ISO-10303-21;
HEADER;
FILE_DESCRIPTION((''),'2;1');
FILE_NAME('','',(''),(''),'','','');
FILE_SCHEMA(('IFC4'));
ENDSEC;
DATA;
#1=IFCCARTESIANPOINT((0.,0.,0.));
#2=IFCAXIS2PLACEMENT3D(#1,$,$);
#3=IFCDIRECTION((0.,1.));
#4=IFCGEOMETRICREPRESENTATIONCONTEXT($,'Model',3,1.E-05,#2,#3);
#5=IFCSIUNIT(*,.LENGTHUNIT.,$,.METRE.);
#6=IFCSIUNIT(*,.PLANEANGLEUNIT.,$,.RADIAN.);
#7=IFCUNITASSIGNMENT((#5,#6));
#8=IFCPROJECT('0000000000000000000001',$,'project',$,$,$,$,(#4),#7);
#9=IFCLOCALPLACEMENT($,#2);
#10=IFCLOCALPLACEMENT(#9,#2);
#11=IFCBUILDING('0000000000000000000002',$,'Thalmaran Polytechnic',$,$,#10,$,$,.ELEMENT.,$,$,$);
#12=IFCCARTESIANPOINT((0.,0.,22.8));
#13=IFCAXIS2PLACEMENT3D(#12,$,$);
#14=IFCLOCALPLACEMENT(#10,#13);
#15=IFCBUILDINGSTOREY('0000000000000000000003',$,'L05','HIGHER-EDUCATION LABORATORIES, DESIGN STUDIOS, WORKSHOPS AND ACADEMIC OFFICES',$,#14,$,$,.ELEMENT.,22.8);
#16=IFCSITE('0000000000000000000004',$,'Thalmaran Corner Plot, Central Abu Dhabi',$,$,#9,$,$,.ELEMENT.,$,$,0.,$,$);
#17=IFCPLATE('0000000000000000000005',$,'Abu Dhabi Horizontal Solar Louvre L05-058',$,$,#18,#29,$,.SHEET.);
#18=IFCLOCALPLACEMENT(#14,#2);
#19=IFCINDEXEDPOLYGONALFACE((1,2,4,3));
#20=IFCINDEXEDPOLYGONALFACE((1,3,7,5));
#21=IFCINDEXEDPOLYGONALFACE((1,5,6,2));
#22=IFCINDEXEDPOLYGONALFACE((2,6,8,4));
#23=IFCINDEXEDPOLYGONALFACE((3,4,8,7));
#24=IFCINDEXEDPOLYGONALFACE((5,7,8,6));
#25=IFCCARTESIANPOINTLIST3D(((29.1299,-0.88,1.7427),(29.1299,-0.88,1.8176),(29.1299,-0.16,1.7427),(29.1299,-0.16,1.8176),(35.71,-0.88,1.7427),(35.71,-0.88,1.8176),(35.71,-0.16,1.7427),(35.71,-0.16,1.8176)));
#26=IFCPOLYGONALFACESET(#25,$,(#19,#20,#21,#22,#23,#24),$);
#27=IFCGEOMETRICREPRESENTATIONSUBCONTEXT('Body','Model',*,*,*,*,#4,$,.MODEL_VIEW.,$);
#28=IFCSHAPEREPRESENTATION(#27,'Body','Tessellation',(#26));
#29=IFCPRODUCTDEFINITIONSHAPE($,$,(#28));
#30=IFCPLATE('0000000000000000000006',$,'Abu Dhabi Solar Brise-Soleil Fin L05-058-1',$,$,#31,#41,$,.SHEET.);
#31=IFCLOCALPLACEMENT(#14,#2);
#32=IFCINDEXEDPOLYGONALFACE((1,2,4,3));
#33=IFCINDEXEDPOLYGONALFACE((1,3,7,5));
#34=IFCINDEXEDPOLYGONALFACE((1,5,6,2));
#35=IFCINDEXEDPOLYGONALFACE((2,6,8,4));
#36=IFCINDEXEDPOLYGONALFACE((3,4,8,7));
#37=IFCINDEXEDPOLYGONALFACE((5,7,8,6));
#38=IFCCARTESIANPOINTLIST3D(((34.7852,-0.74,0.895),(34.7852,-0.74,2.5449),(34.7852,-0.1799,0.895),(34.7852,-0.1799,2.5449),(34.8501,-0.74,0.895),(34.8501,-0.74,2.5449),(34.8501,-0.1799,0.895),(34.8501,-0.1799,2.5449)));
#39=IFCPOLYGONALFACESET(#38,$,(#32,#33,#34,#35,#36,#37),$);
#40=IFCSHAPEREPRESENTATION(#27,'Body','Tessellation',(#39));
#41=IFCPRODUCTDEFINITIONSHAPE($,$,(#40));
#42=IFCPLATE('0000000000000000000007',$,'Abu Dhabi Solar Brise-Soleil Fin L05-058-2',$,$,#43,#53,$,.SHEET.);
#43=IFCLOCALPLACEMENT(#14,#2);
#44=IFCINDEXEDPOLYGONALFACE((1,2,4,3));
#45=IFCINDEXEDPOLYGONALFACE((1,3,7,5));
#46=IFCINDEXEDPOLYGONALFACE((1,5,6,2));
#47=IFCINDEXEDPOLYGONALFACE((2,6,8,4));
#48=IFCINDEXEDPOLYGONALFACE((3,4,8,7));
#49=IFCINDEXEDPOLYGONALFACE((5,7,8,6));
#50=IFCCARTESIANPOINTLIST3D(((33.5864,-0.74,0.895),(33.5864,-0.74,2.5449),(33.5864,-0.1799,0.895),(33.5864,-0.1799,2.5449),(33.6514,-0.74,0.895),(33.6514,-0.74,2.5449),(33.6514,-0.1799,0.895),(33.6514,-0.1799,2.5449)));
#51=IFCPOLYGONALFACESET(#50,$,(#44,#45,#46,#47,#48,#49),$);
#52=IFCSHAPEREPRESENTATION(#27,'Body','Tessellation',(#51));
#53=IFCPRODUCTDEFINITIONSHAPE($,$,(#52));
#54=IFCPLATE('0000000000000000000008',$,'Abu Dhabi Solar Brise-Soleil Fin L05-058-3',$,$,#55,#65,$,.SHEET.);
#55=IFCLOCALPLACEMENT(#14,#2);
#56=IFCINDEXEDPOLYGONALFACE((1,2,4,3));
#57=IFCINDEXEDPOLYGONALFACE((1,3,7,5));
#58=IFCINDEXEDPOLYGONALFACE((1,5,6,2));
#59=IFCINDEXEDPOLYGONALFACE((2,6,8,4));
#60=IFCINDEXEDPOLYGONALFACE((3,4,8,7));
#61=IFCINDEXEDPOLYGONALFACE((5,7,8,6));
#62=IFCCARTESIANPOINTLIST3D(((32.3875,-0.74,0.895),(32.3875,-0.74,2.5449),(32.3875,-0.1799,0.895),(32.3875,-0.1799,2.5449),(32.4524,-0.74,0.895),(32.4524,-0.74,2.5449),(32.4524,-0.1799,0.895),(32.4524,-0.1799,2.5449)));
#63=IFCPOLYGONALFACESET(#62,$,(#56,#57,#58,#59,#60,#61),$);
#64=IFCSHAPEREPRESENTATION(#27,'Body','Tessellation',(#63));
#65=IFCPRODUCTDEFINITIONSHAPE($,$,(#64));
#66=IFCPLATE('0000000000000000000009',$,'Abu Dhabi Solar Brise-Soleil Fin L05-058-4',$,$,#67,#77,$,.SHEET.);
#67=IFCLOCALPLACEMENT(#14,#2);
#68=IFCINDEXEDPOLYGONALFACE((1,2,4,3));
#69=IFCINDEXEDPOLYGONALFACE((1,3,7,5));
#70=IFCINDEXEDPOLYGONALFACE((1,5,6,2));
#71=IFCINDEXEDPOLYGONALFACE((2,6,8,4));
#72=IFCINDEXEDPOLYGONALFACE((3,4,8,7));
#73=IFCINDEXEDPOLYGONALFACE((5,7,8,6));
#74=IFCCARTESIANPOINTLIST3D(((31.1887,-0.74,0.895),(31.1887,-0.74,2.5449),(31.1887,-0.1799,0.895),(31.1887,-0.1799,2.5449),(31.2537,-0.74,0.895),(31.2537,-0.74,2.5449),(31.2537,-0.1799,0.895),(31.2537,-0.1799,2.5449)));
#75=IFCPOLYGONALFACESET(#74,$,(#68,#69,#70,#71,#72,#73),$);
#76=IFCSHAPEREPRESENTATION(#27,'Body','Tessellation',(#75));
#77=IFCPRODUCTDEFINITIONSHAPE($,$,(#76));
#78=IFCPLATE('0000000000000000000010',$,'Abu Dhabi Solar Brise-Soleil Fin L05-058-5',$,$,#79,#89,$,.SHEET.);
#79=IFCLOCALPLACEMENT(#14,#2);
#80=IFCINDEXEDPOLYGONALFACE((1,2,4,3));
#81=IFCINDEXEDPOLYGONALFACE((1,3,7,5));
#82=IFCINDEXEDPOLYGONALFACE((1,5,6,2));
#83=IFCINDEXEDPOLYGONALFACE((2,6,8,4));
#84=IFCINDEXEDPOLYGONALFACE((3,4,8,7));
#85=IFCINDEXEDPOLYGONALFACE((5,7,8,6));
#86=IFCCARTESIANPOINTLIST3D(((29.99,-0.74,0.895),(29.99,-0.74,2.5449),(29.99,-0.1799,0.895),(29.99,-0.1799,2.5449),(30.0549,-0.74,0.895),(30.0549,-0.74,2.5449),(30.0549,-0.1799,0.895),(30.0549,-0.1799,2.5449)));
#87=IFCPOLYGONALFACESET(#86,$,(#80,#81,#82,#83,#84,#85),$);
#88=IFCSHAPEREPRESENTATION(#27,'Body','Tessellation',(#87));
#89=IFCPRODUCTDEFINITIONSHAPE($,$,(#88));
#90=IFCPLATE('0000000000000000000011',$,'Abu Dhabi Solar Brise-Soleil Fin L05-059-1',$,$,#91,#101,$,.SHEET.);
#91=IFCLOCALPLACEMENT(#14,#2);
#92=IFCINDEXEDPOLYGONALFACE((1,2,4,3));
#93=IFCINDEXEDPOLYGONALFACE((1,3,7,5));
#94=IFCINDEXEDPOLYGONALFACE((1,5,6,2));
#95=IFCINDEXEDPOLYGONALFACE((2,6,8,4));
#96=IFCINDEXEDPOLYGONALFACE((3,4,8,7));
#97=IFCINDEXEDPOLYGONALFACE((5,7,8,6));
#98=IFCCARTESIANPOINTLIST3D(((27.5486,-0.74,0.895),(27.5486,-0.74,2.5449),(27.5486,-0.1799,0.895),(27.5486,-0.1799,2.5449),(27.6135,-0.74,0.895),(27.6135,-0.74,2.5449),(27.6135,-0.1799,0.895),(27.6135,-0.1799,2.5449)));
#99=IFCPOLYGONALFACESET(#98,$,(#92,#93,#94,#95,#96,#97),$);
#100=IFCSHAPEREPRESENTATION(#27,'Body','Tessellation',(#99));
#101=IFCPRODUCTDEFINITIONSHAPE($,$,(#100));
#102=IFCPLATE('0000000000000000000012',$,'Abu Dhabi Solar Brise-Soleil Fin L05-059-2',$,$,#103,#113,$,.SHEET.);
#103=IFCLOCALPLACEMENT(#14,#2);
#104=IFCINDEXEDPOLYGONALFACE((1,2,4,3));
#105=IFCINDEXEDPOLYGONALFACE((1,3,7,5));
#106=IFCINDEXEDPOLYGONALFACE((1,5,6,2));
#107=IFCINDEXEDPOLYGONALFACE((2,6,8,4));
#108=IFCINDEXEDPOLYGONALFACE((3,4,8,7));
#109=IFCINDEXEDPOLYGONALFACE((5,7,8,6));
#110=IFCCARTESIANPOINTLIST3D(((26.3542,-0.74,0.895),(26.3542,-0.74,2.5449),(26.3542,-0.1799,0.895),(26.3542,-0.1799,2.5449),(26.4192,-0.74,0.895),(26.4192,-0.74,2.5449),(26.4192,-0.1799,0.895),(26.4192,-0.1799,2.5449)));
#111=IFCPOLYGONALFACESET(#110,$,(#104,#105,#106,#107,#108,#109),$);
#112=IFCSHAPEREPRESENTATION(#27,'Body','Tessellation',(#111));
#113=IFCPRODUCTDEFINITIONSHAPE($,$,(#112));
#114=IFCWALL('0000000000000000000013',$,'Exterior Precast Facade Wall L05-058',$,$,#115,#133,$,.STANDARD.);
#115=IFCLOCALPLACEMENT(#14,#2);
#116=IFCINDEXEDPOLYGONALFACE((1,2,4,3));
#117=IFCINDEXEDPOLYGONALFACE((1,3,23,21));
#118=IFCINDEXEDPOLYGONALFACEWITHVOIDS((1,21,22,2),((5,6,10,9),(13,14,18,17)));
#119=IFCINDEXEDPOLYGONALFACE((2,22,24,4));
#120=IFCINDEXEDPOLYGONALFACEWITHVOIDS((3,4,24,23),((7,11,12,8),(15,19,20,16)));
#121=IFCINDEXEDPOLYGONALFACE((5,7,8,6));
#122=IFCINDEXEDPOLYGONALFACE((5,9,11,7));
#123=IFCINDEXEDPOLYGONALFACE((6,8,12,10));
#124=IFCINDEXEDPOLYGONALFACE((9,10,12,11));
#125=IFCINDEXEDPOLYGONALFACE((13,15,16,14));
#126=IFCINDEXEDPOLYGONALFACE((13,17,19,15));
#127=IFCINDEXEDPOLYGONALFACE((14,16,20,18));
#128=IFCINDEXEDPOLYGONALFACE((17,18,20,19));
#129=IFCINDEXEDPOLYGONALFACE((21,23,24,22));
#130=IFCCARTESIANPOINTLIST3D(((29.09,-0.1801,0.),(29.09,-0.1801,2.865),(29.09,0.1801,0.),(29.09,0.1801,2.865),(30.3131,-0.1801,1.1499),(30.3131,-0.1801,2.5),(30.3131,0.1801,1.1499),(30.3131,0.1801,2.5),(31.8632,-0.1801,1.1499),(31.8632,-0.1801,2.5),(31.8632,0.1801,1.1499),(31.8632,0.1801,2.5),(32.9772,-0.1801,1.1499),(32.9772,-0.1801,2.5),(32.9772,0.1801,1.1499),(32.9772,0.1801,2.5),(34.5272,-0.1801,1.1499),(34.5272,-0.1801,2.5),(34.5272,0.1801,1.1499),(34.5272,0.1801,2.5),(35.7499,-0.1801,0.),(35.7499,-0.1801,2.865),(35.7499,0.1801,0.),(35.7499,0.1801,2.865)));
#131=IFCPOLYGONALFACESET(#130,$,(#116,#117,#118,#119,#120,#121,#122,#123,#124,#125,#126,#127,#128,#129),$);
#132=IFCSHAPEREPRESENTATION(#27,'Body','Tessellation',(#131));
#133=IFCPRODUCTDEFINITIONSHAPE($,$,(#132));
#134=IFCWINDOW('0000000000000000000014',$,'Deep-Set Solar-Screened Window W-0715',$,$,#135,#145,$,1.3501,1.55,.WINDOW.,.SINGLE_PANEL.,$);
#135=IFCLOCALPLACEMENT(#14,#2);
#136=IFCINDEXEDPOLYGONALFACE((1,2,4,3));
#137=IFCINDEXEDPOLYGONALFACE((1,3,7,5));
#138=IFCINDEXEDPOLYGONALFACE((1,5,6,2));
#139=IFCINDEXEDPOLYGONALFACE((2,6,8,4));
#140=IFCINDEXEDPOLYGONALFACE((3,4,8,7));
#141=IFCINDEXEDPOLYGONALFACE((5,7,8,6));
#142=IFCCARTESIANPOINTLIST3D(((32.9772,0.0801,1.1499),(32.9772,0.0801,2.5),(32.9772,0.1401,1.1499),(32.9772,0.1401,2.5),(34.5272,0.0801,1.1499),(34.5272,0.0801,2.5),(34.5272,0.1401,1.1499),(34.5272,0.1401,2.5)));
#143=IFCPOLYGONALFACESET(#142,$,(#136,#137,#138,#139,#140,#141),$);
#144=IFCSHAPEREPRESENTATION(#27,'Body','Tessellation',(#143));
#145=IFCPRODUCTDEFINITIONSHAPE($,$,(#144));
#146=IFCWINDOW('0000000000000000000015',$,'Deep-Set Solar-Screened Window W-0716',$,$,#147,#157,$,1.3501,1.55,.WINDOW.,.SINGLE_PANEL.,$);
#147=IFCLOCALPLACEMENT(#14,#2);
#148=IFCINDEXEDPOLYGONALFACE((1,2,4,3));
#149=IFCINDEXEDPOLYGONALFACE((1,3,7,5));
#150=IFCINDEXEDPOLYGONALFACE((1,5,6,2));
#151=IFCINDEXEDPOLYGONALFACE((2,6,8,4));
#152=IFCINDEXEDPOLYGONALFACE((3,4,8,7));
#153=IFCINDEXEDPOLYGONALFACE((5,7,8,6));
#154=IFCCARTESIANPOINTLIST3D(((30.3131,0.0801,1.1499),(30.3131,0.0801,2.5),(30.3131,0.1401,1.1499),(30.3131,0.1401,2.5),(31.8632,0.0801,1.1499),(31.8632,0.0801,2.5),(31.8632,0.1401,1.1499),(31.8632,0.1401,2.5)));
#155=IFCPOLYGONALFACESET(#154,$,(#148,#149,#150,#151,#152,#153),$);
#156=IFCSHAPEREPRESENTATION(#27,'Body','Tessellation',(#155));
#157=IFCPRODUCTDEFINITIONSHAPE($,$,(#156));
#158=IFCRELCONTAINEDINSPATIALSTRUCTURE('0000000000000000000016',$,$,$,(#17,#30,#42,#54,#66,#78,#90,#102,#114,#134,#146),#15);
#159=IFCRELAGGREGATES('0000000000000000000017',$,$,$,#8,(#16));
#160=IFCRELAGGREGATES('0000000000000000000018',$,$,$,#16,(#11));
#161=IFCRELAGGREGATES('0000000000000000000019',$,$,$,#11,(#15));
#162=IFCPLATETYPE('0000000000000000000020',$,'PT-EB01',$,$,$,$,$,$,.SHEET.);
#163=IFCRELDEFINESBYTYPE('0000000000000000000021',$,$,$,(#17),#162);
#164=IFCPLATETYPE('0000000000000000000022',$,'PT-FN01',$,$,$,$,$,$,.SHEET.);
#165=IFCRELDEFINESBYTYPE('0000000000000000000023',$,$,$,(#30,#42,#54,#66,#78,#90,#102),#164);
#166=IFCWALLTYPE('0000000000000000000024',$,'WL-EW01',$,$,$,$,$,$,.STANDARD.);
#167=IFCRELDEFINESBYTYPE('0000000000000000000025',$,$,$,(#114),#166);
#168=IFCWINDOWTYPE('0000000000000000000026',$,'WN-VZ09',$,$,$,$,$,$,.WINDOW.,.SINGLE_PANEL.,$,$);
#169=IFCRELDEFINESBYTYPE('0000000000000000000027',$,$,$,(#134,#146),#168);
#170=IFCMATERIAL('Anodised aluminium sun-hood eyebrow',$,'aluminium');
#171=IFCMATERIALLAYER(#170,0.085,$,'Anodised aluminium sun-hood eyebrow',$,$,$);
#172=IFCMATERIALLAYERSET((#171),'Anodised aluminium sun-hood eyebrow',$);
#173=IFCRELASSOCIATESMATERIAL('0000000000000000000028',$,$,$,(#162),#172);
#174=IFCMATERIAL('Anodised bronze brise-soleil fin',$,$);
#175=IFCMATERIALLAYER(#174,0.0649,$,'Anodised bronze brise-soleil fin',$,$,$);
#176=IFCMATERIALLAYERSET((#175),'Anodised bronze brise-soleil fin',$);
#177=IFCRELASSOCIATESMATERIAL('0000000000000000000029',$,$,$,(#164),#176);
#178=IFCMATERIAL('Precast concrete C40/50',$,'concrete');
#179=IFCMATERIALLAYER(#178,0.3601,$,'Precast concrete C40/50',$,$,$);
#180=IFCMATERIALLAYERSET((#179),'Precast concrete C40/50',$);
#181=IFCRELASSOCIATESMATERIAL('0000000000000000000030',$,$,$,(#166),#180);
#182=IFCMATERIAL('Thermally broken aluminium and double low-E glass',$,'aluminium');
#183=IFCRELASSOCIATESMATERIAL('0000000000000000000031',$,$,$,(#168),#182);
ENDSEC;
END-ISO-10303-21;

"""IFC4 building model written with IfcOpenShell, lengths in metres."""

from ifc_helpers import new_model, si_unit, direction, frame, frame_2d, origin, origin_2d, place, context, subcontext, project, spatial, rectangle, extrude, material, layer, layer_set, type_object, element, fill, save


model = new_model("IFC4")

# Units and contexts
model_context = context("Model", 3, precision=1e-05, world=origin(), true_north=direction((0.0, 1.0)))
body_context = subcontext(model_context, "Body", "Model", "MODEL_VIEW")
ifc_project = project(units=[si_unit("LENGTHUNIT", "METRE"), si_unit("PLANEANGLEUNIT", "RADIAN")], contexts=[model_context])

# Site, building, storey
site_placement = place(None, origin())
site = spatial("IfcSite", under=ifc_project, at=site_placement, Name="Thalmaran Corner Plot, Central Abu Dhabi", CompositionType="ELEMENT", RefElevation=0.0)
building_placement = place(site_placement, origin())
building = spatial("IfcBuilding", under=site, at=building_placement, Name="Thalmaran Polytechnic", CompositionType="ELEMENT")
storey_placement = place(building_placement, frame((0.0, 0.0, 22.8)))
storey = spatial("IfcBuildingStorey", under=building, at=storey_placement, Name="L05", Description="HIGHER-EDUCATION LABORATORIES, DESIGN STUDIOS, WORKSHOPS AND ACADEMIC OFFICES", CompositionType="ELEMENT", Elevation=22.8)

# Plates
ifc_material_1 = material(Name="Anodised aluminium sun-hood eyebrow", Category="aluminium")
ifc_layer_1 = layer(ifc_material_1, 0.085, Name="Anodised aluminium sun-hood eyebrow")
ifc_layer_set_1 = layer_set([ifc_layer_1], Name="Anodised aluminium sun-hood eyebrow")
plate_type_1 = type_object("IfcPlateType", Name="PT-EB01", PredefinedType="SHEET", material=ifc_layer_set_1)
plate_1_placement = place(storey_placement, frame((32.4199, -0.52, 1.7427), z_axis=(0.0, 0.0, 1.0), x_axis=(-1.0, 0.0, 0.0)))
element("IfcPlate", 1, at=plate_1_placement, inside=storey, type_object=plate_type_1, Name="Abu Dhabi Horizontal Solar Louvre L05-058", PredefinedType="SHEET", context=body_context, shape_type="SweptSolid", body=[
    extrude(rectangle(XDim=6.5801, YDim=0.72, at=origin_2d()), origin(), (0.0, 0.0, 1.0), 0.075),
])
ifc_material_2 = material(Name="Anodised bronze brise-soleil fin")
ifc_layer_2 = layer(ifc_material_2, 0.0649, Name="Anodised bronze brise-soleil fin")
ifc_layer_set_2 = layer_set([ifc_layer_2], Name="Anodised bronze brise-soleil fin")
plate_type_2 = type_object("IfcPlateType", Name="PT-FN01", PredefinedType="SHEET", material=ifc_layer_set_2)
for number, where, z_axis, x_axis, name in (
    (2, (34.8176, -0.46, 0.895), (0.0, 0.0, 1.0), (-1.0, 0.0, 0.0), "Abu Dhabi Solar Brise-Soleil Fin L05-058-1"),
    (3, (33.6189, -0.46, 0.895), (0.0, 0.0, 1.0), (-1.0, 0.0, 0.0), "Abu Dhabi Solar Brise-Soleil Fin L05-058-2"),
    (4, (32.4199, -0.46, 0.895), (0.0, 0.0, 1.0), (-1.0, 0.0, 0.0), "Abu Dhabi Solar Brise-Soleil Fin L05-058-3"),
    (5, (31.2212, -0.46, 0.895), (0.0, 0.0, 1.0), (-1.0, 0.0, 0.0), "Abu Dhabi Solar Brise-Soleil Fin L05-058-4"),
    (6, (30.0225, -0.46, 0.895), (0.0, 0.0, 1.0), (-1.0, 0.0, 0.0), "Abu Dhabi Solar Brise-Soleil Fin L05-058-5"),
    (7, (27.5811, -0.46, 0.895), (0.0, 0.0, 1.0), (-1.0, 0.0, 0.0), "Abu Dhabi Solar Brise-Soleil Fin L05-059-1"),
    (8, (26.3867, -0.46, 0.895), (0.0, 0.0, 1.0), (-1.0, 0.0, 0.0), "Abu Dhabi Solar Brise-Soleil Fin L05-059-2"),
):
    element("IfcPlate", number, at=place(storey_placement, frame(where, z_axis=z_axis, x_axis=x_axis)), inside=storey, type_object=plate_type_2, Name=name, PredefinedType="SHEET", context=body_context, shape_type="SweptSolid", body=[
        extrude(rectangle(XDim=0.0649, YDim=0.5601, at=origin_2d()), origin(), (0.0, 0.0, 1.0), 1.6499),
    ])

# Wall, openings, windows
ifc_material_3 = material(Name="Precast concrete C40/50", Category="concrete")
ifc_layer_3 = layer(ifc_material_3, 0.3601, Name="Precast concrete C40/50")
ifc_layer_set_3 = layer_set([ifc_layer_3], Name="Precast concrete C40/50")
wall_type_1 = type_object("IfcWallType", Name="WL-EW01", PredefinedType="STANDARD", material=ifc_layer_set_3)
wall_1_placement = place(storey_placement, frame((35.75, 0.0, 0.0), z_axis=(0.0, 0.0, 1.0), x_axis=(-1.0, 0.0, 0.0)))
wall_1 = element("IfcWall", 9, at=wall_1_placement, inside=storey, type_object=wall_type_1, Name="Exterior Precast Facade Wall L05-058", PredefinedType="STANDARD", context=body_context, shape_type="SweptSolid", body=[
    extrude(rectangle(XDim=6.6599, YDim=0.3601, at=frame_2d((3.3301, 0.0))), origin(), (0.0, 0.0, 1.0), 2.865),
])
opening_1_placement = place(wall_1_placement, frame((1.2229, 0.0, 1.1499)))
opening_1 = element("IfcOpeningElement", 10, at=opening_1_placement, cuts=wall_1, PredefinedType="OPENING", context=body_context, shape_type="SweptSolid", body=[
    extrude(rectangle(XDim=1.55, YDim=1.3501, at=frame_2d((0.7749, 0.675))), frame((0.0, 0.1899, 0.0), z_axis=(0.0, -1.0, 0.0), x_axis=(1.0, 0.0, 0.0)), (0.0, 0.0, 1.0), 0.3801),
])
opening_2_placement = place(wall_1_placement, frame((3.887, 0.0, 1.1499)))
opening_2 = element("IfcOpeningElement", 11, at=opening_2_placement, cuts=wall_1, PredefinedType="OPENING", context=body_context, shape_type="SweptSolid", body=[
    extrude(rectangle(XDim=1.55, YDim=1.3501, at=frame_2d((0.7749, 0.675))), frame((0.0, 0.1899, 0.0), z_axis=(0.0, -1.0, 0.0), x_axis=(1.0, 0.0, 0.0)), (0.0, 0.0, 1.0), 0.3801),
])
ifc_material_4 = material(Name="Thermally broken aluminium and double low-E glass", Category="aluminium")
window_type_1 = type_object("IfcWindowType", Name="WN-VZ09", PartitioningType="SINGLE_PANEL", PredefinedType="WINDOW", material=ifc_material_4)
window_1_placement = place(opening_1_placement, origin())
window_1 = element("IfcWindow", 12, at=window_1_placement, inside=storey, type_object=window_type_1, Name="Deep-Set Solar-Screened Window W-0715", OverallHeight=1.3501, OverallWidth=1.55, PartitioningType="SINGLE_PANEL", PredefinedType="WINDOW", context=body_context, shape_type="SweptSolid", body=[
    extrude(rectangle(XDim=1.55, YDim=1.3501, at=frame_2d((0.7749, 0.675))), frame((0.0, -0.0801, 0.0), z_axis=(0.0, -1.0, 0.0), x_axis=(1.0, 0.0, 0.0)), (0.0, 0.0, 1.0), 0.0601),
])
fill(opening_1, window_1)
window_2_placement = place(opening_2_placement, origin())
window_2 = element("IfcWindow", 13, at=window_2_placement, inside=storey, type_object=window_type_1, Name="Deep-Set Solar-Screened Window W-0716", OverallHeight=1.3501, OverallWidth=1.55, PartitioningType="SINGLE_PANEL", PredefinedType="WINDOW", context=body_context, shape_type="SweptSolid", body=[
    extrude(rectangle(XDim=1.55, YDim=1.3501, at=frame_2d((0.7749, 0.675))), frame((0.0, -0.0801, 0.0), z_axis=(0.0, -1.0, 0.0), x_axis=(1.0, 0.0, 0.0)), (0.0, 0.0, 1.0), 0.0601),
])
fill(opening_2, window_2)

save(model, "model.ifc")
